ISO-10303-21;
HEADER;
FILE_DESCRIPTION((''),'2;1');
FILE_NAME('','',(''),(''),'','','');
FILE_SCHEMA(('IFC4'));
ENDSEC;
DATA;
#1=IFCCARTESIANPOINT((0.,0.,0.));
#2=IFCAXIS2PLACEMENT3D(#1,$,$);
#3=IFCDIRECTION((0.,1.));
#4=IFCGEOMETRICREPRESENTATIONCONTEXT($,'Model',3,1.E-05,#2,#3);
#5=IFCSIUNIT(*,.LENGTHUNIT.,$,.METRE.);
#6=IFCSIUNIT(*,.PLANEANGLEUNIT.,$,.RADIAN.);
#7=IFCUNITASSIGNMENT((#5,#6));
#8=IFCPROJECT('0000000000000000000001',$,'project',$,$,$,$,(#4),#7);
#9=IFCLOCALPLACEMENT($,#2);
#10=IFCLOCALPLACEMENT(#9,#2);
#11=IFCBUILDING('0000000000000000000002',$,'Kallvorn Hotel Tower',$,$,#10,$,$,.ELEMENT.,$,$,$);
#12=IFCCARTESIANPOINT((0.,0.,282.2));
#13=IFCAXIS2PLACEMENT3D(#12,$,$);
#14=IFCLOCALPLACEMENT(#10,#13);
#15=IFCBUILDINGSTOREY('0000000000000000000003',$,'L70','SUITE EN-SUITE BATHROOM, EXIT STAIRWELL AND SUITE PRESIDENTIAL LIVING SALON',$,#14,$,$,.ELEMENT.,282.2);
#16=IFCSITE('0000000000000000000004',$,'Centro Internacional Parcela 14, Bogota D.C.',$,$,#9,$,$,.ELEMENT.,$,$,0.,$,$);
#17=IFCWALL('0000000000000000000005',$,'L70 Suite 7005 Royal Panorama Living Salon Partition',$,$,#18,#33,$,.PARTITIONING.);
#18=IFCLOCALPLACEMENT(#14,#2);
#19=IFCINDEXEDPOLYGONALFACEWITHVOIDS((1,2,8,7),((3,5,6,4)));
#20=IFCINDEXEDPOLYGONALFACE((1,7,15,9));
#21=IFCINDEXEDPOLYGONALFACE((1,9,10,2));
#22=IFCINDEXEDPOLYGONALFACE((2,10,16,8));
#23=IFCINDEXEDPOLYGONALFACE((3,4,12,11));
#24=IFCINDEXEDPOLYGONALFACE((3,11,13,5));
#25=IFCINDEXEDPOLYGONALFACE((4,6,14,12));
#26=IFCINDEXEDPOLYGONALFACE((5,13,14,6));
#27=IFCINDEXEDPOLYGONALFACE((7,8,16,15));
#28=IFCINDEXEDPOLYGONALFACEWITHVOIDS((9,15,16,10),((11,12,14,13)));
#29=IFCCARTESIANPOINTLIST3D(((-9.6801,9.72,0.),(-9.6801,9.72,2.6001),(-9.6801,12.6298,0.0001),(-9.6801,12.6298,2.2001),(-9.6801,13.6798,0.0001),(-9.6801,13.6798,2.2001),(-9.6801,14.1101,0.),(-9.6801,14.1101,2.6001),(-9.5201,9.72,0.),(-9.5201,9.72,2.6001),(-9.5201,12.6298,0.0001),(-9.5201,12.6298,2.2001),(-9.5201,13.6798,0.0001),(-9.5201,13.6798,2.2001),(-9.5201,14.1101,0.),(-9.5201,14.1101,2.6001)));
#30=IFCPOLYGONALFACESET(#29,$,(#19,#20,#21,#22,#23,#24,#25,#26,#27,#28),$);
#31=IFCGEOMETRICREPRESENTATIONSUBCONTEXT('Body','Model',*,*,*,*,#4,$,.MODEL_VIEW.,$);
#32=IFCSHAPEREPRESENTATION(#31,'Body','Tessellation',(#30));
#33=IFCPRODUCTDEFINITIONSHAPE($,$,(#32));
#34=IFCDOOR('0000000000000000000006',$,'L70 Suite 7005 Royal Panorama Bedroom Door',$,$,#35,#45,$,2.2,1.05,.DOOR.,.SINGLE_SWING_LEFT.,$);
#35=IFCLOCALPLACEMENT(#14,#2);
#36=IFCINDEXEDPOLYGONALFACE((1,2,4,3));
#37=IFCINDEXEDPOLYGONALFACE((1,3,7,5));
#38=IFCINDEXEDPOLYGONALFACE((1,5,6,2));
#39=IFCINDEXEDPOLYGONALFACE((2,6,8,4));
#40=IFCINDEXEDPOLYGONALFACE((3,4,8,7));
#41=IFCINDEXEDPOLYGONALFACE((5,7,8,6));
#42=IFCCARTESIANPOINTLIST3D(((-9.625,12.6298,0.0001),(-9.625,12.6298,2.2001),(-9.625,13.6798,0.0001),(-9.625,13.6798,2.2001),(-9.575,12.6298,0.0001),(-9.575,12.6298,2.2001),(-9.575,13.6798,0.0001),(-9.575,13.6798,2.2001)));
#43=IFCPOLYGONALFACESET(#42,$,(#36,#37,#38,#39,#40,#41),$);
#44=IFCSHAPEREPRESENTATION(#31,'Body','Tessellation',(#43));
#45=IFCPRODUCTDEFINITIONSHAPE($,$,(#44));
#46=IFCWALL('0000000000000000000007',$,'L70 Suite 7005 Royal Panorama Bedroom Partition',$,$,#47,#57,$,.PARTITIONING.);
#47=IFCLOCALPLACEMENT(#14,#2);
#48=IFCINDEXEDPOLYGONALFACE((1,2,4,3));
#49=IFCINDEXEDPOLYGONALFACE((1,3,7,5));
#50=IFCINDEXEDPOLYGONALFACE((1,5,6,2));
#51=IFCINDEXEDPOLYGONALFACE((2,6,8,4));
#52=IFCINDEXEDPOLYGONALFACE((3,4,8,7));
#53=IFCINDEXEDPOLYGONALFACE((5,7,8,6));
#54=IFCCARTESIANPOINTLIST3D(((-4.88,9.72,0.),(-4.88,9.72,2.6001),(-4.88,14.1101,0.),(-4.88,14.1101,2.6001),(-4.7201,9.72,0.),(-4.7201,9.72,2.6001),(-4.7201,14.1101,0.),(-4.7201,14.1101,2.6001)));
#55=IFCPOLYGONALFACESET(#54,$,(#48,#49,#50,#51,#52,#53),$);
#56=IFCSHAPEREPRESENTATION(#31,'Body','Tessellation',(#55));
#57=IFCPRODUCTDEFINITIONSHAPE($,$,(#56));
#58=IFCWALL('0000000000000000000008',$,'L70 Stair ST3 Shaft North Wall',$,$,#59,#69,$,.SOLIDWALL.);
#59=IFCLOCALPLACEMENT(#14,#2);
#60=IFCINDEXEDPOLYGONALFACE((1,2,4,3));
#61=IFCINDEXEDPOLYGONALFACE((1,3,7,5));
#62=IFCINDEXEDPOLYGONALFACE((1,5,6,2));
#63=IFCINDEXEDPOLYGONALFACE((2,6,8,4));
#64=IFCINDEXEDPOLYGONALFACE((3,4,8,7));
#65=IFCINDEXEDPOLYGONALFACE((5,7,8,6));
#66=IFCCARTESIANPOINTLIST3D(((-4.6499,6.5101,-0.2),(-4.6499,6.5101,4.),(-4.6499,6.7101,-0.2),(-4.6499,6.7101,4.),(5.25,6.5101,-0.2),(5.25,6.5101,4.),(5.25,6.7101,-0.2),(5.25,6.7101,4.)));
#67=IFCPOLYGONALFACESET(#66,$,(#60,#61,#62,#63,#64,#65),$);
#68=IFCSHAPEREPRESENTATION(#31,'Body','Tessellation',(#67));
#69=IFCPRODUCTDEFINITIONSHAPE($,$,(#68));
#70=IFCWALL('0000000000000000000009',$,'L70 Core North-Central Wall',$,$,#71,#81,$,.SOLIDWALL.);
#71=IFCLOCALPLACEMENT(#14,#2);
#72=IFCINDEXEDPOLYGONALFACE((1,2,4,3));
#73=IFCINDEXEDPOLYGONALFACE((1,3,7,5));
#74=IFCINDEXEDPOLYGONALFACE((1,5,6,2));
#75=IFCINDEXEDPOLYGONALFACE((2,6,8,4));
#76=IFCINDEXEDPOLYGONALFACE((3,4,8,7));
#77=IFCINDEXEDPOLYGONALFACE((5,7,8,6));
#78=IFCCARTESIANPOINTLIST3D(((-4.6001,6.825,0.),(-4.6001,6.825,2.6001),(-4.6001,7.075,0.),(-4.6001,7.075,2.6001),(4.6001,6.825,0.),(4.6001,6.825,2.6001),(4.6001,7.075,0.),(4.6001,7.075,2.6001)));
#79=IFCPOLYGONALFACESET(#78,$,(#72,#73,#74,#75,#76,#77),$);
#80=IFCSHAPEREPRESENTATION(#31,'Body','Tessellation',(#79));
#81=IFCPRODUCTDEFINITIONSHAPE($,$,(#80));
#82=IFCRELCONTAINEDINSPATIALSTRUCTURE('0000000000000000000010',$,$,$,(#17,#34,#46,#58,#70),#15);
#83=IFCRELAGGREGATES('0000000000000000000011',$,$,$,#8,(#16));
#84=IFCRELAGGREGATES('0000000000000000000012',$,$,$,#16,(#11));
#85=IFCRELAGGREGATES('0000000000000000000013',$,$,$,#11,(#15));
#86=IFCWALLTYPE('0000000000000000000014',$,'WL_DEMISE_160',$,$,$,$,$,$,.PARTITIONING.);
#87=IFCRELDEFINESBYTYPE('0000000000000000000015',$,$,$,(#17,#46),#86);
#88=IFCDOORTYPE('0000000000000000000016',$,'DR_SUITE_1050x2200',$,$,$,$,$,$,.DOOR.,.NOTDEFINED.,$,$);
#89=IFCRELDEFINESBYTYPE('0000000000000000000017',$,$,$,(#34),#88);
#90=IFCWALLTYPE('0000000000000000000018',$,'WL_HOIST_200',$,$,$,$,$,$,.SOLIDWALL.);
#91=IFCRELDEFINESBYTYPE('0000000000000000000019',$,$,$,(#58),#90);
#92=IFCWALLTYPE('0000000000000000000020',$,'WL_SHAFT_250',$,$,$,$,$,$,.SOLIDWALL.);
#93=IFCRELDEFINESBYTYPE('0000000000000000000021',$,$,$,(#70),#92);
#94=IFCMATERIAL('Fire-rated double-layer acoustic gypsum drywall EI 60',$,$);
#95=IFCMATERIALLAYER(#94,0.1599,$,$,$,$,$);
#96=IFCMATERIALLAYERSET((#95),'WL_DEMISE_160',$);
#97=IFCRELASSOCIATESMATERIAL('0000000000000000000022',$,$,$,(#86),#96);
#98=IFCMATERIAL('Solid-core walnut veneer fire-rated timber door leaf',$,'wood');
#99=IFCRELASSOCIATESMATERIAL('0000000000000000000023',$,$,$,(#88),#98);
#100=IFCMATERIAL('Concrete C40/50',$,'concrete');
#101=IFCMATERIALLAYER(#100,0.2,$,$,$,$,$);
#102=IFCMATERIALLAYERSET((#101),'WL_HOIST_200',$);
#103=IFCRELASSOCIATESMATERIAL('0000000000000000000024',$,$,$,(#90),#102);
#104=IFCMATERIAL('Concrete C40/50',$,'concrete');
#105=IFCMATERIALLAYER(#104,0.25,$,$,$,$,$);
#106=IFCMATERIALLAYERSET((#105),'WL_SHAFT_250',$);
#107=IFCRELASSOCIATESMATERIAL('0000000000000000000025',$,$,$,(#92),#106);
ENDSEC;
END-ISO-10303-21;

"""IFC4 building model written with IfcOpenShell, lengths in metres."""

from ifc_helpers import new_model, si_unit, direction, frame, frame_2d, origin, place, context, subcontext, project, spatial, rectangle, extrude, material, layer, layer_set, type_object, element, fill, save


model = new_model("IFC4")

# Units and contexts
model_context = context("Model", 3, precision=1e-05, world=origin(), true_north=direction((0.0, 1.0)))
body_context = subcontext(model_context, "Body", "Model", "MODEL_VIEW")
ifc_project = project(units=[si_unit("LENGTHUNIT", "METRE"), si_unit("PLANEANGLEUNIT", "RADIAN")], contexts=[model_context])

# Site, building, storey
site_placement = place(None, origin())
site = spatial("IfcSite", under=ifc_project, at=site_placement, Name="Centro Internacional Parcela 14, Bogota D.C.", CompositionType="ELEMENT", RefElevation=0.0)
building_placement = place(site_placement, origin())
building = spatial("IfcBuilding", under=site, at=building_placement, Name="Kallvorn Hotel Tower", CompositionType="ELEMENT")
storey_placement = place(building_placement, frame((0.0, 0.0, 282.2)))
storey = spatial("IfcBuildingStorey", under=building, at=storey_placement, Name="L70", Description="SUITE EN-SUITE BATHROOM, EXIT STAIRWELL AND SUITE PRESIDENTIAL LIVING SALON", CompositionType="ELEMENT", Elevation=282.2)

# Wall, opening, door
ifc_material_1 = material(Name="Fire-rated double-layer acoustic gypsum drywall EI 60")
ifc_layer_1 = layer(ifc_material_1, 0.1599)
ifc_layer_set_1 = layer_set([ifc_layer_1], Name="WL_DEMISE_160")
wall_type_1 = type_object("IfcWallType", Name="WL_DEMISE_160", PredefinedType="PARTITIONING", material=ifc_layer_set_1)
wall_1_placement = place(storey_placement, frame((-9.6001, 9.72, 0.0), z_axis=(0.0, 0.0, 1.0), x_axis=(0.0, 1.0, 0.0)))
wall_1 = element("IfcWall", 1, at=wall_1_placement, inside=storey, type_object=wall_type_1, Name="L70 Suite 7005 Royal Panorama Living Salon Partition", PredefinedType="PARTITIONING", context=body_context, shape_type="SweptSolid", body=[
    extrude(rectangle(XDim=4.3901, YDim=0.1599, at=frame_2d((2.1951, 0.0))), origin(), (0.0, 0.0, 1.0), 2.6001),
])
opening_1_placement = place(wall_1_placement, frame((2.9099, 0.0, 0.0)))
opening_1 = element("IfcOpeningElement", 2, at=opening_1_placement, cuts=wall_1, PredefinedType="OPENING", context=body_context, shape_type="SweptSolid", body=[
    extrude(rectangle(XDim=1.05, YDim=2.2, at=frame_2d((0.5249, 1.1001))), frame((0.0, 0.095, 0.0), z_axis=(0.0, -1.0, 0.0), x_axis=(1.0, 0.0, 0.0)), (0.0, 0.0, 1.0), 0.1899),
])
ifc_material_2 = material(Name="Solid-core walnut veneer fire-rated timber door leaf", Category="wood")
door_type_1 = type_object("IfcDoorType", Name="DR_SUITE_1050x2200", OperationType="NOTDEFINED", PredefinedType="DOOR", material=ifc_material_2)
door_1_placement = place(opening_1_placement, origin())
door_1 = element("IfcDoor", 3, at=door_1_placement, inside=storey, type_object=door_type_1, Name="L70 Suite 7005 Royal Panorama Bedroom Door", OperationType="SINGLE_SWING_LEFT", OverallHeight=2.2, OverallWidth=1.05, PredefinedType="DOOR", context=body_context, shape_type="SweptSolid", body=[
    extrude(rectangle(XDim=1.05, YDim=2.2, at=frame_2d((0.5249, 1.1001))), frame((0.0, 0.0249, 0.0), z_axis=(0.0, -1.0, 0.0), x_axis=(1.0, 0.0, 0.0)), (0.0, 0.0, 1.0), 0.05),
])
fill(opening_1, door_1)

# Walls
wall_2_placement = place(storey_placement, frame((-4.8, 9.72, 0.0), z_axis=(0.0, 0.0, 1.0), x_axis=(0.0, 1.0, 0.0)))
element("IfcWall", 4, at=wall_2_placement, inside=storey, type_object=wall_type_1, Name="L70 Suite 7005 Royal Panorama Bedroom Partition", PredefinedType="PARTITIONING", context=body_context, shape_type="SweptSolid", body=[
    extrude(rectangle(XDim=4.3901, YDim=0.1599, at=frame_2d((2.1951, 0.0))), origin(), (0.0, 0.0, 1.0), 2.6001),
])
ifc_material_3 = material(Name="Concrete C40/50", Category="concrete")
ifc_layer_2 = layer(ifc_material_3, 0.2)
ifc_layer_set_2 = layer_set([ifc_layer_2], Name="WL_HOIST_200")
wall_type_2 = type_object("IfcWallType", Name="WL_HOIST_200", PredefinedType="SOLIDWALL", material=ifc_layer_set_2)
wall_3_placement = place(storey_placement, frame((-4.6499, 6.6101, -0.2), z_axis=(0.0, 0.0, 1.0), x_axis=(1.0, 0.0, 0.0)))
element("IfcWall", 5, at=wall_3_placement, inside=storey, type_object=wall_type_2, Name="L70 Stair ST3 Shaft North Wall", PredefinedType="SOLIDWALL", context=body_context, shape_type="SweptSolid", body=[
    extrude(rectangle(XDim=9.8999, YDim=0.2, at=frame_2d((4.95, 0.0))), origin(), (0.0, 0.0, 1.0), 4.2),
])
ifc_material_4 = material(Name="Concrete C40/50", Category="concrete")
ifc_layer_3 = layer(ifc_material_4, 0.25)
ifc_layer_set_3 = layer_set([ifc_layer_3], Name="WL_SHAFT_250")
wall_type_3 = type_object("IfcWallType", Name="WL_SHAFT_250", PredefinedType="SOLIDWALL", material=ifc_layer_set_3)
wall_4_placement = place(storey_placement, frame((-4.6001, 6.95, 0.0), z_axis=(0.0, 0.0, 1.0), x_axis=(1.0, 0.0, 0.0)))
element("IfcWall", 6, at=wall_4_placement, inside=storey, type_object=wall_type_3, Name="L70 Core North-Central Wall", PredefinedType="SOLIDWALL", context=body_context, shape_type="SweptSolid", body=[
    extrude(rectangle(XDim=9.2002, YDim=0.25, at=frame_2d((4.6001, 0.0))), origin(), (0.0, 0.0, 1.0), 2.6001),
])

save(model, "model.ifc")
